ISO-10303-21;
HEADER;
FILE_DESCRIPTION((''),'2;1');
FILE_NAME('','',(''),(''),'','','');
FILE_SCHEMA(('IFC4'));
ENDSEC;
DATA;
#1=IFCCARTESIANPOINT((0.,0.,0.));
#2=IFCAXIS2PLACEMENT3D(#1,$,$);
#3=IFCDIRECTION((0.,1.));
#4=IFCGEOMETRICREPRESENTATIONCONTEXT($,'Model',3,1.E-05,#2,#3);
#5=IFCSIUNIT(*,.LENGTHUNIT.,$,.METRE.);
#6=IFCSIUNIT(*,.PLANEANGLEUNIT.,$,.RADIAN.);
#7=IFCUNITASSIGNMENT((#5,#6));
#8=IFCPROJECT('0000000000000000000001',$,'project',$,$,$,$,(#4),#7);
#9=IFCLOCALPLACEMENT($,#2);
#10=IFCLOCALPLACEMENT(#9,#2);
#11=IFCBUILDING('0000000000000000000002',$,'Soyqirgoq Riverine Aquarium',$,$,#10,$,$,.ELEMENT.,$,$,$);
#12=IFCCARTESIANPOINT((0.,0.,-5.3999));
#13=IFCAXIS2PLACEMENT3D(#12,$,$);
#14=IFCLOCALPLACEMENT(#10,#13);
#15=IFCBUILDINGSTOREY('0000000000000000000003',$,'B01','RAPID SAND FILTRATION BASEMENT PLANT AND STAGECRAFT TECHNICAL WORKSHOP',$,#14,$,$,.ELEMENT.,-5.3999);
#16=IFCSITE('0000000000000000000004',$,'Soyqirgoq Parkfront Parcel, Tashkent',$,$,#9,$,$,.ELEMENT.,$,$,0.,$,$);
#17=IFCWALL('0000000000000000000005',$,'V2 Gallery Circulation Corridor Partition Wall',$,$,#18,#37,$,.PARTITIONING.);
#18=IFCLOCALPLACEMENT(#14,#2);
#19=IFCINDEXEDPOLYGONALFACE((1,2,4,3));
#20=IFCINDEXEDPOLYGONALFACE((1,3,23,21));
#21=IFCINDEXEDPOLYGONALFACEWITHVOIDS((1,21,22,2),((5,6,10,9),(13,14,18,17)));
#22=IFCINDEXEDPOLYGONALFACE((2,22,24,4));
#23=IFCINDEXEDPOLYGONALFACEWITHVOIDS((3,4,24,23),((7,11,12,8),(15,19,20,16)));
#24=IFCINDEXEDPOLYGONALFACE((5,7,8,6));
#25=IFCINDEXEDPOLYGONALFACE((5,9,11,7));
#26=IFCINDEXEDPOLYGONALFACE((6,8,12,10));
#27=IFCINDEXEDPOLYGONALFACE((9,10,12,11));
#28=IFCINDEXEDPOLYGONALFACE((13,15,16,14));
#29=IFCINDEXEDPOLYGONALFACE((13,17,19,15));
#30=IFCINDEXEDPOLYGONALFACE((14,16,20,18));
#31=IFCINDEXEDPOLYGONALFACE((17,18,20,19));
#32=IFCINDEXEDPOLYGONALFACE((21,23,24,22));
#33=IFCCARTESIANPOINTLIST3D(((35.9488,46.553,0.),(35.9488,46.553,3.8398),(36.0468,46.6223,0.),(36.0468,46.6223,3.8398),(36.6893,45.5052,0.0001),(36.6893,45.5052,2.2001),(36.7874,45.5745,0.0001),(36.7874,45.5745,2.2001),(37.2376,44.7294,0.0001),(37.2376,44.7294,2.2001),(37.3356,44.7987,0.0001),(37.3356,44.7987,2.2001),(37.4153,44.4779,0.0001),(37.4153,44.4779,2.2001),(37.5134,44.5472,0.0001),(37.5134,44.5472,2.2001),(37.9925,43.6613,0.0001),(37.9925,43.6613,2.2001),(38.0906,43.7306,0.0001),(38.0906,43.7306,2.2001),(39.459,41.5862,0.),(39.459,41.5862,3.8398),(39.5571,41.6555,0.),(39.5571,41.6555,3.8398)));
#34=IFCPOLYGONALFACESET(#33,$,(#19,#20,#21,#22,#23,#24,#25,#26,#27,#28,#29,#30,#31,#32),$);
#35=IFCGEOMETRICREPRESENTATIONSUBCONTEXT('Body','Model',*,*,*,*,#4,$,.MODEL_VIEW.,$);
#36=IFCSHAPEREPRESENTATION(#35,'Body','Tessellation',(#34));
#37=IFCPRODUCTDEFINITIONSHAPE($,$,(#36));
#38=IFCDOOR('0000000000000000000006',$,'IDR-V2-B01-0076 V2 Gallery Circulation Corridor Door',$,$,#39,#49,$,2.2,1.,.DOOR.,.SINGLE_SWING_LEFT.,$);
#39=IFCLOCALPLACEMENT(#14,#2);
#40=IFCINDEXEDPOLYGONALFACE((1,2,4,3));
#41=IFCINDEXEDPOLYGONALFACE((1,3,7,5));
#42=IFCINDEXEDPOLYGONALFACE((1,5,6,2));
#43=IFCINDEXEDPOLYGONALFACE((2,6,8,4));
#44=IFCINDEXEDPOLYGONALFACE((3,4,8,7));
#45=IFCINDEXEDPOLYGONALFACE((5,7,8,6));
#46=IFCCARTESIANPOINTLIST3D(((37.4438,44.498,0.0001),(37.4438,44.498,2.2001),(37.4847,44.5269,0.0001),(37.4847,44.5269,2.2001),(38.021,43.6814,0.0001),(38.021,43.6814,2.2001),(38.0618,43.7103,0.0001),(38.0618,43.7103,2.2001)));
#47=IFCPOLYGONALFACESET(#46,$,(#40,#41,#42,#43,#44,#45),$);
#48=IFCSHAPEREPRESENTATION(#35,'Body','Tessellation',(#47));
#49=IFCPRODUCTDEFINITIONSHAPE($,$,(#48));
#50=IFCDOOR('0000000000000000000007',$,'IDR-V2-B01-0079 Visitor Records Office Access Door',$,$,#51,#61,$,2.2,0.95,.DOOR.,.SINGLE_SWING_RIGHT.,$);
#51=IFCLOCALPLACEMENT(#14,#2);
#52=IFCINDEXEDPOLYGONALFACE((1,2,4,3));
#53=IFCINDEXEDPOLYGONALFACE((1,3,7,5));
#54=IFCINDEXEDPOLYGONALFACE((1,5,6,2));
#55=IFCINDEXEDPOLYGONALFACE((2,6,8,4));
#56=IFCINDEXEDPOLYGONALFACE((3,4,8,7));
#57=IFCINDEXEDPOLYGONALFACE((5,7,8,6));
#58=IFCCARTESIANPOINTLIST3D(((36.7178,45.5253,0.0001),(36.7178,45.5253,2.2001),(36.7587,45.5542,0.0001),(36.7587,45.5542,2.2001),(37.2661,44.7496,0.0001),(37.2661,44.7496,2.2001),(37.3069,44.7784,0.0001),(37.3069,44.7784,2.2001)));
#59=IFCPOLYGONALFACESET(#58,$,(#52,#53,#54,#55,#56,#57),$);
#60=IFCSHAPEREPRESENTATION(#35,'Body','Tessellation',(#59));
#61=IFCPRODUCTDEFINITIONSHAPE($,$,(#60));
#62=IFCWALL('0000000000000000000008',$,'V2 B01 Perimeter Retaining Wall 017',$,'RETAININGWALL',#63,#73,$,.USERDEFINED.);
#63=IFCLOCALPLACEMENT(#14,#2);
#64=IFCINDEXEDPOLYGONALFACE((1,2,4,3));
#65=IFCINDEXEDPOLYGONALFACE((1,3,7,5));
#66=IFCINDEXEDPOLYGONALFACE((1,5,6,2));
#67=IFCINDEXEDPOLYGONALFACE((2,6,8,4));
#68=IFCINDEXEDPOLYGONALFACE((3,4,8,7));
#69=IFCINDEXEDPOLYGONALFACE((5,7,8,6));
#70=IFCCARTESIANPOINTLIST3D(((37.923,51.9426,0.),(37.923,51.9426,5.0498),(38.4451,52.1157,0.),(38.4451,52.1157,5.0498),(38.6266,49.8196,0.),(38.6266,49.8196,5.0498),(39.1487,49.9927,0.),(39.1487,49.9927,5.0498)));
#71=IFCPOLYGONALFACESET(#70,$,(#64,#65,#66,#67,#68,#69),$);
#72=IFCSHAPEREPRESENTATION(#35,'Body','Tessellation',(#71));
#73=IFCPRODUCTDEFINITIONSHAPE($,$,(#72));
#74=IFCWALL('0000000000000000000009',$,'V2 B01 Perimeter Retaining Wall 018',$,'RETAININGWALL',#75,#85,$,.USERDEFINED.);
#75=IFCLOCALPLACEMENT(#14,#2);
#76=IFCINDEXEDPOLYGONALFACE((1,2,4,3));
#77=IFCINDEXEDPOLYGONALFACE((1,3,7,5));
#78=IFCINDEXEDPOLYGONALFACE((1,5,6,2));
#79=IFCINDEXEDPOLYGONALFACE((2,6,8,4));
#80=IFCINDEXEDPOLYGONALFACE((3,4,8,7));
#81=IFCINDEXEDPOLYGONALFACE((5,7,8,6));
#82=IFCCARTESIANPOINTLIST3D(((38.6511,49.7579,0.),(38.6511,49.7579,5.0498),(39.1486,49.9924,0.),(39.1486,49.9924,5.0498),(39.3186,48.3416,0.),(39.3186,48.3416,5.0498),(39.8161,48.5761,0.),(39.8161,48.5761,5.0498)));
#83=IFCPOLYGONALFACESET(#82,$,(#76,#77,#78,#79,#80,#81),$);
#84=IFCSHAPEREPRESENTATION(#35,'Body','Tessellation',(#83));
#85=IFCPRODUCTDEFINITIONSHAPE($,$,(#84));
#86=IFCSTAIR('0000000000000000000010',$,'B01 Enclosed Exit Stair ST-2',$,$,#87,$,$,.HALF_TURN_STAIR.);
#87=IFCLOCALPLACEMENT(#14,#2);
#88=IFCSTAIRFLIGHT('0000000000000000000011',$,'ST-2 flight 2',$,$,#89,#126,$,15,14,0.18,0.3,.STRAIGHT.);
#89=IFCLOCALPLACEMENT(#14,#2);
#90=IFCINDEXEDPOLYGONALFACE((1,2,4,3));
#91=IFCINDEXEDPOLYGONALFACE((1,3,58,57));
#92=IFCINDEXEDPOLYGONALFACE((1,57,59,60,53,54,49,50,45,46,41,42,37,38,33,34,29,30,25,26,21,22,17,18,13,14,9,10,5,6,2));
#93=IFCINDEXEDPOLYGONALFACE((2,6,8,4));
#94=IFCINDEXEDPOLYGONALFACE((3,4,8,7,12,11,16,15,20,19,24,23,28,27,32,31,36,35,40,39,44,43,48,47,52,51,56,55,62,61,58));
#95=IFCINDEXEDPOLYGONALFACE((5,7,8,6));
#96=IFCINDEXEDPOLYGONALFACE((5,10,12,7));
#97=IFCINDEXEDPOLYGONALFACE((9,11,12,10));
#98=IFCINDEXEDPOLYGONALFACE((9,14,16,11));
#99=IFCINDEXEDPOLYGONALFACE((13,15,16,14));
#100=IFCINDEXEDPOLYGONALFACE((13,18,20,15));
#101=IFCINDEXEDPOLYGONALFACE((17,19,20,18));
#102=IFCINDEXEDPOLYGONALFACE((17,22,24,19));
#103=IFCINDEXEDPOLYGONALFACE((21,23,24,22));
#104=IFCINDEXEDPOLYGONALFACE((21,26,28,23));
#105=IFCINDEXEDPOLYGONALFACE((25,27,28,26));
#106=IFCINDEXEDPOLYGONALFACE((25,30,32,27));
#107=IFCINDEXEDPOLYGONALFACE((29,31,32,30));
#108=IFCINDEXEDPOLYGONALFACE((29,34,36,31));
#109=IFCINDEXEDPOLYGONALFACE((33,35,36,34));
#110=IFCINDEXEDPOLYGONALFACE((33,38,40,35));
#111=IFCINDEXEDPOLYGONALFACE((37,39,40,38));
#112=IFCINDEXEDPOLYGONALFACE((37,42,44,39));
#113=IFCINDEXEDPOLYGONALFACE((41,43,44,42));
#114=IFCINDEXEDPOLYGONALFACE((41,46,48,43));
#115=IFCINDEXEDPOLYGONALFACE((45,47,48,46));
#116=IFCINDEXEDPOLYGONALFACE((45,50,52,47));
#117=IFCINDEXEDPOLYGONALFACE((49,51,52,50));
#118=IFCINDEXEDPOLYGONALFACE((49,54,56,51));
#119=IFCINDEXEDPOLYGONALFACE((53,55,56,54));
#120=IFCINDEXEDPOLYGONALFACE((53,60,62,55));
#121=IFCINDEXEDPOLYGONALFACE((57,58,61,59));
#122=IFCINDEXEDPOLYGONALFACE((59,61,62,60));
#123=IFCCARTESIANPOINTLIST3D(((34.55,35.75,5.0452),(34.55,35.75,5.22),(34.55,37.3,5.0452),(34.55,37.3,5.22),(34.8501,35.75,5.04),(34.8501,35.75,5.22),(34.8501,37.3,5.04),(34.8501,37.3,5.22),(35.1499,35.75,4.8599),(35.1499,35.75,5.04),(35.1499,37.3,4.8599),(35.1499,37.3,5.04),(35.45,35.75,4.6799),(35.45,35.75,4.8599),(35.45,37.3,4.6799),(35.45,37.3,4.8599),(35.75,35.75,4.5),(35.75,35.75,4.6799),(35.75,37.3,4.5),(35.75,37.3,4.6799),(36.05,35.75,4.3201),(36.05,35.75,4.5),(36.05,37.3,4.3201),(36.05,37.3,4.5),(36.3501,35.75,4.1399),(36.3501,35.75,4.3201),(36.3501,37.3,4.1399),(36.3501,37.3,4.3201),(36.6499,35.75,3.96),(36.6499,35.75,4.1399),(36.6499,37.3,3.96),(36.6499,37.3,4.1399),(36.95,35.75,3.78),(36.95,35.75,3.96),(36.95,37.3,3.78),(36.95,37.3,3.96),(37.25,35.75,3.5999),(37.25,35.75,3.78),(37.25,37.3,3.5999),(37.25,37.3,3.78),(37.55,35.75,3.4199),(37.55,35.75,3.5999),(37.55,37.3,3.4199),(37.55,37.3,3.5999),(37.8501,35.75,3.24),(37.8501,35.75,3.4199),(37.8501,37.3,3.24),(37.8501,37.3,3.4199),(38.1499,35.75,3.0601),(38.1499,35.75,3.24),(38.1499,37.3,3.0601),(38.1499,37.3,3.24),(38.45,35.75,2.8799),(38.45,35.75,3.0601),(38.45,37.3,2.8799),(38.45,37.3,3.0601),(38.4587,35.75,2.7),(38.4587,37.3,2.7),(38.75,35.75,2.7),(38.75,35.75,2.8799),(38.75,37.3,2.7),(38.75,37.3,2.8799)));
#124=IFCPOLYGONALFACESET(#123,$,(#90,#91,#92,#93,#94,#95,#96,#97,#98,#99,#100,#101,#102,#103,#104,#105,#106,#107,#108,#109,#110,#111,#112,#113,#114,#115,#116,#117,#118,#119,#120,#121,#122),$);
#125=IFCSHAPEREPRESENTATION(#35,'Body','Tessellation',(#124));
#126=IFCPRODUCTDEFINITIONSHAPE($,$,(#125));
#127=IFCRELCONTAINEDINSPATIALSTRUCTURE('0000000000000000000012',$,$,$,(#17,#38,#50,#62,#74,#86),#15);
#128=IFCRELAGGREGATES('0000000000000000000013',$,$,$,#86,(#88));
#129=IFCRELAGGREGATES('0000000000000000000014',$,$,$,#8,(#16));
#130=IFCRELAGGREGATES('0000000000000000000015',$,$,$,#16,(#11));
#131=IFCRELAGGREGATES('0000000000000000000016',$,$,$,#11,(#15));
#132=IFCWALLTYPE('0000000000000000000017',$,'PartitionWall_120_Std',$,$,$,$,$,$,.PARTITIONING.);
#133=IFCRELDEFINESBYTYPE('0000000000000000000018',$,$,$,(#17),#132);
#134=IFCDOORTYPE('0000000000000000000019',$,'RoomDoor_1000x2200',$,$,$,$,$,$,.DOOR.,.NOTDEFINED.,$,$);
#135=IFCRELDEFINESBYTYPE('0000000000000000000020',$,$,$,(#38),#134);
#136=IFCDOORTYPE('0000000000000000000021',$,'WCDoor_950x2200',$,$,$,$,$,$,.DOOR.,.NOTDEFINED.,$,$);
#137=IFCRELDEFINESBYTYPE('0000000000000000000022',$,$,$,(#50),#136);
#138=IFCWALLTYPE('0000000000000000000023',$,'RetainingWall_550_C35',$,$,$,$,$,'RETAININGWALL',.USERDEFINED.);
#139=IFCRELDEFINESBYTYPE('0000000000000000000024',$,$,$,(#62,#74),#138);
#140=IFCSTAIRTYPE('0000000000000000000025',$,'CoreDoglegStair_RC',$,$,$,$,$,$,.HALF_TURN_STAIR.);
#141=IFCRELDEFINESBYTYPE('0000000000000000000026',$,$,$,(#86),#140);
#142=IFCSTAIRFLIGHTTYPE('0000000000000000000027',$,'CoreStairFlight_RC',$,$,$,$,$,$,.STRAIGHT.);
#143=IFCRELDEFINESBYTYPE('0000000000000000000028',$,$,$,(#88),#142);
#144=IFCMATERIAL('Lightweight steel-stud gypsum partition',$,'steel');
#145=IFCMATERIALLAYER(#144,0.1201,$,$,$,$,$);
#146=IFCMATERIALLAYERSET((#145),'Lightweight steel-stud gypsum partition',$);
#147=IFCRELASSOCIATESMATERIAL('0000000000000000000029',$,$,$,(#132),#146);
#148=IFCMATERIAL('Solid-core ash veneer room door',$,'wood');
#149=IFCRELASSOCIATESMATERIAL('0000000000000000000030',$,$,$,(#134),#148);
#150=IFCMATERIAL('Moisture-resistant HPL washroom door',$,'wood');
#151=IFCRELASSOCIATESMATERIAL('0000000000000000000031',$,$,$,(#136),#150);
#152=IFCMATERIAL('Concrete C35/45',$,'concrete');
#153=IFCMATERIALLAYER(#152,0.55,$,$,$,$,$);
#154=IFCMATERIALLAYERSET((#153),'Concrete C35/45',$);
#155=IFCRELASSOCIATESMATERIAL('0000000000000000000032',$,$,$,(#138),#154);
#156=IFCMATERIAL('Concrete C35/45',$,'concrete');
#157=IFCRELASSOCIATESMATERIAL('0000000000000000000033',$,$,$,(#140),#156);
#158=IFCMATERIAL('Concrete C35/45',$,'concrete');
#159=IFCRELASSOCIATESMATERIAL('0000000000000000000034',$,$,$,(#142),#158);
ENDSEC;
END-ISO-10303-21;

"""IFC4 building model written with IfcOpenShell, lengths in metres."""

from ifc_helpers import new_model, si_unit, direction, frame, frame_2d, origin, place, context, subcontext, project, spatial, polyline, rectangle, outline, extrude, material, layer, layer_set, type_object, element, fill, aggregate, save


model = new_model("IFC4")

# Units and contexts
model_context = context("Model", 3, precision=1e-05, world=origin(), true_north=direction((0.0, 1.0)))
body_context = subcontext(model_context, "Body", "Model", "MODEL_VIEW")
ifc_project = project(units=[si_unit("LENGTHUNIT", "METRE"), si_unit("PLANEANGLEUNIT", "RADIAN")], contexts=[model_context])

# Site, building, storey
site_placement = place(None, origin())
site = spatial("IfcSite", under=ifc_project, at=site_placement, Name="Soyqirgoq Parkfront Parcel, Tashkent", CompositionType="ELEMENT", RefElevation=0.0)
building_placement = place(site_placement, origin())
building = spatial("IfcBuilding", under=site, at=building_placement, Name="Soyqirgoq Riverine Aquarium", CompositionType="ELEMENT")
storey_placement = place(building_placement, frame((0.0, 0.0, -5.3999)))
storey = spatial("IfcBuildingStorey", under=building, at=storey_placement, Name="B01", Description="RAPID SAND FILTRATION BASEMENT PLANT AND STAGECRAFT TECHNICAL WORKSHOP", CompositionType="ELEMENT", Elevation=-5.3999)

# Wall, openings, doors
ifc_material_1 = material(Name="Lightweight steel-stud gypsum partition", Category="steel")
ifc_layer_1 = layer(ifc_material_1, 0.1201)
ifc_layer_set_1 = layer_set([ifc_layer_1], Name="Lightweight steel-stud gypsum partition")
wall_type_1 = type_object("IfcWallType", Name="PartitionWall_120_Std", PredefinedType="PARTITIONING", material=ifc_layer_set_1)
wall_1_placement = place(storey_placement, frame((35.9978, 46.5876, 0.0), z_axis=(0.0, 0.0, 1.0), x_axis=(0.577153, -0.816636, 0.0)))
wall_1 = element("IfcWall", 1, at=wall_1_placement, inside=storey, type_object=wall_type_1, Name="V2 Gallery Circulation Corridor Partition Wall", PredefinedType="PARTITIONING", context=body_context, shape_type="SweptSolid", body=[
    extrude(rectangle(XDim=6.082, YDim=0.1201, at=frame_2d((3.041, 0.0))), origin(), (0.0, 0.0, 1.0), 3.8398),
])
opening_1_placement = place(wall_1_placement, frame((2.541, 0.0, 0.0)))
opening_1 = element("IfcOpeningElement", 2, at=opening_1_placement, cuts=wall_1, PredefinedType="OPENING", context=body_context, shape_type="SweptSolid", body=[
    extrude(rectangle(XDim=1.0, YDim=2.2, at=frame_2d((0.5, 1.1001))), frame((0.0, 0.0701, 0.0), z_axis=(0.0, -1.0, 0.0), x_axis=(1.0, 0.0, 0.0)), (0.0, 0.0, 1.0), 0.1401),
])
opening_2_placement = place(wall_1_placement, frame((1.283, 0.0, 0.0)))
opening_2 = element("IfcOpeningElement", 3, at=opening_2_placement, cuts=wall_1, PredefinedType="OPENING", context=body_context, shape_type="SweptSolid", body=[
    extrude(rectangle(XDim=0.95, YDim=2.2, at=frame_2d((0.4751, 1.1001))), frame((0.0, 0.0701, 0.0), z_axis=(0.0, -1.0, 0.0), x_axis=(1.0, 0.0, 0.0)), (0.0, 0.0, 1.0), 0.1401),
])
ifc_material_2 = material(Name="Solid-core ash veneer room door", Category="wood")
door_type_1 = type_object("IfcDoorType", Name="RoomDoor_1000x2200", OperationType="NOTDEFINED", PredefinedType="DOOR", material=ifc_material_2)
door_1_placement = place(opening_1_placement, origin())
door_1 = element("IfcDoor", 4, at=door_1_placement, inside=storey, type_object=door_type_1, Name="IDR-V2-B01-0076 V2 Gallery Circulation Corridor Door", OperationType="SINGLE_SWING_LEFT", OverallHeight=2.2, OverallWidth=1.0, PredefinedType="DOOR", context=body_context, shape_type="SweptSolid", body=[
    extrude(rectangle(XDim=1.0, YDim=2.2, at=frame_2d((0.5, 1.1001))), frame((0.0, 0.0249, 0.0), z_axis=(0.0, -1.0, 0.0), x_axis=(1.0, 0.0, 0.0)), (0.0, 0.0, 1.0), 0.05),
])
fill(opening_1, door_1)
ifc_material_3 = material(Name="Moisture-resistant HPL washroom door", Category="wood")
door_type_2 = type_object("IfcDoorType", Name="WCDoor_950x2200", OperationType="NOTDEFINED", PredefinedType="DOOR", material=ifc_material_3)
door_2_placement = place(opening_2_placement, origin())
door_2 = element("IfcDoor", 5, at=door_2_placement, inside=storey, type_object=door_type_2, Name="IDR-V2-B01-0079 Visitor Records Office Access Door", OperationType="SINGLE_SWING_RIGHT", OverallHeight=2.2, OverallWidth=0.95, PredefinedType="DOOR", context=body_context, shape_type="SweptSolid", body=[
    extrude(rectangle(XDim=0.95, YDim=2.2, at=frame_2d((0.4751, 1.1001))), frame((0.0, 0.0249, 0.0), z_axis=(0.0, -1.0, 0.0), x_axis=(1.0, 0.0, 0.0)), (0.0, 0.0, 1.0), 0.05),
])
fill(opening_2, door_2)

# Walls
ifc_material_4 = material(Name="Concrete C35/45", Category="concrete")
ifc_layer_2 = layer(ifc_material_4, 0.55)
ifc_layer_set_2 = layer_set([ifc_layer_2], Name="Concrete C35/45")
wall_type_2 = type_object("IfcWallType", Name="RetainingWall_550_C35", ElementType="RETAININGWALL", PredefinedType="USERDEFINED", material=ifc_layer_set_2)
wall_2_placement = place(storey_placement, frame((38.1841, 52.0291, 0.0), z_axis=(0.0, 0.0, 1.0), x_axis=(0.31459, -0.949228, 0.0)))
element("IfcWall", 6, at=wall_2_placement, inside=storey, type_object=wall_type_2, Name="V2 B01 Perimeter Retaining Wall 017", ObjectType="RETAININGWALL", PredefinedType="USERDEFINED", context=body_context, shape_type="SweptSolid", body=[
    extrude(rectangle(XDim=2.2366, YDim=0.55, at=frame_2d((1.1182, 0.0))), origin(), (0.0, 0.0, 1.0), 5.0498),
])
wall_3_placement = place(storey_placement, frame((38.8999, 49.875, 0.0), z_axis=(0.0, 0.0, 1.0), x_axis=(0.426323, -0.904571, 0.0)))
element("IfcWall", 7, at=wall_3_placement, inside=storey, type_object=wall_type_2, Name="V2 B01 Perimeter Retaining Wall 018", ObjectType="RETAININGWALL", PredefinedType="USERDEFINED", context=body_context, shape_type="SweptSolid", body=[
    extrude(rectangle(XDim=1.5657, YDim=0.55, at=frame_2d((0.7827, 0.0))), origin(), (0.0, 0.0, 1.0), 5.0498),
])

# Stair, stair flight
ifc_material_5 = material(Name="Concrete C35/45", Category="concrete")
stair_type = type_object("IfcStairType", Name="CoreDoglegStair_RC", PredefinedType="HALF_TURN_STAIR", material=ifc_material_5)
stair_placement = place(storey_placement, origin())
stair = element("IfcStair", 8, at=stair_placement, inside=storey, type_object=stair_type, Name="B01 Enclosed Exit Stair ST-2", PredefinedType="HALF_TURN_STAIR")
ifc_material_6 = material(Name="Concrete C35/45", Category="concrete")
stair_flight_type = type_object("IfcStairFlightType", Name="CoreStairFlight_RC", PredefinedType="STRAIGHT", material=ifc_material_6)
stair_flight_placement = place(storey_placement, frame((38.75, 36.5249, 2.7), z_axis=(0.0, 0.0, 1.0), x_axis=(-1.0, 0.0, 0.0)))
stair_flight = element("IfcStairFlight", 9, at=stair_flight_placement, type_object=stair_flight_type, Name="ST-2 flight 2", NumberOfRisers=15, NumberOfTreads=14, PredefinedType="STRAIGHT", RiserHeight=0.18, TreadLength=0.3, context=body_context, shape_type="SweptSolid", body=[
    extrude(outline(polyline([(0.0, 0.0), (0.0, 0.1799), (0.3, 0.1799), (0.3, 0.3601), (0.6001, 0.3601), (0.6001, 0.54), (0.8999, 0.54), (0.8999, 0.72), (1.2, 0.72), (1.2, 0.8999), (1.5, 0.8999), (1.5, 1.0801), (1.8, 1.0801), (1.8, 1.26), (2.1001, 1.26), (2.1001, 1.4399), (2.3999, 1.4399), (2.3999, 1.6201), (2.7, 1.6201), (2.7, 1.8), (3.0, 1.8), (3.0, 1.98), (3.3, 1.98), (3.3, 2.1599), (3.6001, 2.1599), (3.6001, 2.3401), (3.8999, 2.3401), (3.8999, 2.52), (4.2, 2.52), (4.2, 2.7), (4.2, 2.3452), (0.2913, 0.0), (0.0, 0.0)])), frame((0.0, 0.7749, 0.0), z_axis=(0.0, -1.0, 0.0), x_axis=(1.0, 0.0, 0.0)), (0.0, 0.0, 1.0), 1.55),
])
aggregate(stair, [stair_flight])

save(model, "model.ifc")
